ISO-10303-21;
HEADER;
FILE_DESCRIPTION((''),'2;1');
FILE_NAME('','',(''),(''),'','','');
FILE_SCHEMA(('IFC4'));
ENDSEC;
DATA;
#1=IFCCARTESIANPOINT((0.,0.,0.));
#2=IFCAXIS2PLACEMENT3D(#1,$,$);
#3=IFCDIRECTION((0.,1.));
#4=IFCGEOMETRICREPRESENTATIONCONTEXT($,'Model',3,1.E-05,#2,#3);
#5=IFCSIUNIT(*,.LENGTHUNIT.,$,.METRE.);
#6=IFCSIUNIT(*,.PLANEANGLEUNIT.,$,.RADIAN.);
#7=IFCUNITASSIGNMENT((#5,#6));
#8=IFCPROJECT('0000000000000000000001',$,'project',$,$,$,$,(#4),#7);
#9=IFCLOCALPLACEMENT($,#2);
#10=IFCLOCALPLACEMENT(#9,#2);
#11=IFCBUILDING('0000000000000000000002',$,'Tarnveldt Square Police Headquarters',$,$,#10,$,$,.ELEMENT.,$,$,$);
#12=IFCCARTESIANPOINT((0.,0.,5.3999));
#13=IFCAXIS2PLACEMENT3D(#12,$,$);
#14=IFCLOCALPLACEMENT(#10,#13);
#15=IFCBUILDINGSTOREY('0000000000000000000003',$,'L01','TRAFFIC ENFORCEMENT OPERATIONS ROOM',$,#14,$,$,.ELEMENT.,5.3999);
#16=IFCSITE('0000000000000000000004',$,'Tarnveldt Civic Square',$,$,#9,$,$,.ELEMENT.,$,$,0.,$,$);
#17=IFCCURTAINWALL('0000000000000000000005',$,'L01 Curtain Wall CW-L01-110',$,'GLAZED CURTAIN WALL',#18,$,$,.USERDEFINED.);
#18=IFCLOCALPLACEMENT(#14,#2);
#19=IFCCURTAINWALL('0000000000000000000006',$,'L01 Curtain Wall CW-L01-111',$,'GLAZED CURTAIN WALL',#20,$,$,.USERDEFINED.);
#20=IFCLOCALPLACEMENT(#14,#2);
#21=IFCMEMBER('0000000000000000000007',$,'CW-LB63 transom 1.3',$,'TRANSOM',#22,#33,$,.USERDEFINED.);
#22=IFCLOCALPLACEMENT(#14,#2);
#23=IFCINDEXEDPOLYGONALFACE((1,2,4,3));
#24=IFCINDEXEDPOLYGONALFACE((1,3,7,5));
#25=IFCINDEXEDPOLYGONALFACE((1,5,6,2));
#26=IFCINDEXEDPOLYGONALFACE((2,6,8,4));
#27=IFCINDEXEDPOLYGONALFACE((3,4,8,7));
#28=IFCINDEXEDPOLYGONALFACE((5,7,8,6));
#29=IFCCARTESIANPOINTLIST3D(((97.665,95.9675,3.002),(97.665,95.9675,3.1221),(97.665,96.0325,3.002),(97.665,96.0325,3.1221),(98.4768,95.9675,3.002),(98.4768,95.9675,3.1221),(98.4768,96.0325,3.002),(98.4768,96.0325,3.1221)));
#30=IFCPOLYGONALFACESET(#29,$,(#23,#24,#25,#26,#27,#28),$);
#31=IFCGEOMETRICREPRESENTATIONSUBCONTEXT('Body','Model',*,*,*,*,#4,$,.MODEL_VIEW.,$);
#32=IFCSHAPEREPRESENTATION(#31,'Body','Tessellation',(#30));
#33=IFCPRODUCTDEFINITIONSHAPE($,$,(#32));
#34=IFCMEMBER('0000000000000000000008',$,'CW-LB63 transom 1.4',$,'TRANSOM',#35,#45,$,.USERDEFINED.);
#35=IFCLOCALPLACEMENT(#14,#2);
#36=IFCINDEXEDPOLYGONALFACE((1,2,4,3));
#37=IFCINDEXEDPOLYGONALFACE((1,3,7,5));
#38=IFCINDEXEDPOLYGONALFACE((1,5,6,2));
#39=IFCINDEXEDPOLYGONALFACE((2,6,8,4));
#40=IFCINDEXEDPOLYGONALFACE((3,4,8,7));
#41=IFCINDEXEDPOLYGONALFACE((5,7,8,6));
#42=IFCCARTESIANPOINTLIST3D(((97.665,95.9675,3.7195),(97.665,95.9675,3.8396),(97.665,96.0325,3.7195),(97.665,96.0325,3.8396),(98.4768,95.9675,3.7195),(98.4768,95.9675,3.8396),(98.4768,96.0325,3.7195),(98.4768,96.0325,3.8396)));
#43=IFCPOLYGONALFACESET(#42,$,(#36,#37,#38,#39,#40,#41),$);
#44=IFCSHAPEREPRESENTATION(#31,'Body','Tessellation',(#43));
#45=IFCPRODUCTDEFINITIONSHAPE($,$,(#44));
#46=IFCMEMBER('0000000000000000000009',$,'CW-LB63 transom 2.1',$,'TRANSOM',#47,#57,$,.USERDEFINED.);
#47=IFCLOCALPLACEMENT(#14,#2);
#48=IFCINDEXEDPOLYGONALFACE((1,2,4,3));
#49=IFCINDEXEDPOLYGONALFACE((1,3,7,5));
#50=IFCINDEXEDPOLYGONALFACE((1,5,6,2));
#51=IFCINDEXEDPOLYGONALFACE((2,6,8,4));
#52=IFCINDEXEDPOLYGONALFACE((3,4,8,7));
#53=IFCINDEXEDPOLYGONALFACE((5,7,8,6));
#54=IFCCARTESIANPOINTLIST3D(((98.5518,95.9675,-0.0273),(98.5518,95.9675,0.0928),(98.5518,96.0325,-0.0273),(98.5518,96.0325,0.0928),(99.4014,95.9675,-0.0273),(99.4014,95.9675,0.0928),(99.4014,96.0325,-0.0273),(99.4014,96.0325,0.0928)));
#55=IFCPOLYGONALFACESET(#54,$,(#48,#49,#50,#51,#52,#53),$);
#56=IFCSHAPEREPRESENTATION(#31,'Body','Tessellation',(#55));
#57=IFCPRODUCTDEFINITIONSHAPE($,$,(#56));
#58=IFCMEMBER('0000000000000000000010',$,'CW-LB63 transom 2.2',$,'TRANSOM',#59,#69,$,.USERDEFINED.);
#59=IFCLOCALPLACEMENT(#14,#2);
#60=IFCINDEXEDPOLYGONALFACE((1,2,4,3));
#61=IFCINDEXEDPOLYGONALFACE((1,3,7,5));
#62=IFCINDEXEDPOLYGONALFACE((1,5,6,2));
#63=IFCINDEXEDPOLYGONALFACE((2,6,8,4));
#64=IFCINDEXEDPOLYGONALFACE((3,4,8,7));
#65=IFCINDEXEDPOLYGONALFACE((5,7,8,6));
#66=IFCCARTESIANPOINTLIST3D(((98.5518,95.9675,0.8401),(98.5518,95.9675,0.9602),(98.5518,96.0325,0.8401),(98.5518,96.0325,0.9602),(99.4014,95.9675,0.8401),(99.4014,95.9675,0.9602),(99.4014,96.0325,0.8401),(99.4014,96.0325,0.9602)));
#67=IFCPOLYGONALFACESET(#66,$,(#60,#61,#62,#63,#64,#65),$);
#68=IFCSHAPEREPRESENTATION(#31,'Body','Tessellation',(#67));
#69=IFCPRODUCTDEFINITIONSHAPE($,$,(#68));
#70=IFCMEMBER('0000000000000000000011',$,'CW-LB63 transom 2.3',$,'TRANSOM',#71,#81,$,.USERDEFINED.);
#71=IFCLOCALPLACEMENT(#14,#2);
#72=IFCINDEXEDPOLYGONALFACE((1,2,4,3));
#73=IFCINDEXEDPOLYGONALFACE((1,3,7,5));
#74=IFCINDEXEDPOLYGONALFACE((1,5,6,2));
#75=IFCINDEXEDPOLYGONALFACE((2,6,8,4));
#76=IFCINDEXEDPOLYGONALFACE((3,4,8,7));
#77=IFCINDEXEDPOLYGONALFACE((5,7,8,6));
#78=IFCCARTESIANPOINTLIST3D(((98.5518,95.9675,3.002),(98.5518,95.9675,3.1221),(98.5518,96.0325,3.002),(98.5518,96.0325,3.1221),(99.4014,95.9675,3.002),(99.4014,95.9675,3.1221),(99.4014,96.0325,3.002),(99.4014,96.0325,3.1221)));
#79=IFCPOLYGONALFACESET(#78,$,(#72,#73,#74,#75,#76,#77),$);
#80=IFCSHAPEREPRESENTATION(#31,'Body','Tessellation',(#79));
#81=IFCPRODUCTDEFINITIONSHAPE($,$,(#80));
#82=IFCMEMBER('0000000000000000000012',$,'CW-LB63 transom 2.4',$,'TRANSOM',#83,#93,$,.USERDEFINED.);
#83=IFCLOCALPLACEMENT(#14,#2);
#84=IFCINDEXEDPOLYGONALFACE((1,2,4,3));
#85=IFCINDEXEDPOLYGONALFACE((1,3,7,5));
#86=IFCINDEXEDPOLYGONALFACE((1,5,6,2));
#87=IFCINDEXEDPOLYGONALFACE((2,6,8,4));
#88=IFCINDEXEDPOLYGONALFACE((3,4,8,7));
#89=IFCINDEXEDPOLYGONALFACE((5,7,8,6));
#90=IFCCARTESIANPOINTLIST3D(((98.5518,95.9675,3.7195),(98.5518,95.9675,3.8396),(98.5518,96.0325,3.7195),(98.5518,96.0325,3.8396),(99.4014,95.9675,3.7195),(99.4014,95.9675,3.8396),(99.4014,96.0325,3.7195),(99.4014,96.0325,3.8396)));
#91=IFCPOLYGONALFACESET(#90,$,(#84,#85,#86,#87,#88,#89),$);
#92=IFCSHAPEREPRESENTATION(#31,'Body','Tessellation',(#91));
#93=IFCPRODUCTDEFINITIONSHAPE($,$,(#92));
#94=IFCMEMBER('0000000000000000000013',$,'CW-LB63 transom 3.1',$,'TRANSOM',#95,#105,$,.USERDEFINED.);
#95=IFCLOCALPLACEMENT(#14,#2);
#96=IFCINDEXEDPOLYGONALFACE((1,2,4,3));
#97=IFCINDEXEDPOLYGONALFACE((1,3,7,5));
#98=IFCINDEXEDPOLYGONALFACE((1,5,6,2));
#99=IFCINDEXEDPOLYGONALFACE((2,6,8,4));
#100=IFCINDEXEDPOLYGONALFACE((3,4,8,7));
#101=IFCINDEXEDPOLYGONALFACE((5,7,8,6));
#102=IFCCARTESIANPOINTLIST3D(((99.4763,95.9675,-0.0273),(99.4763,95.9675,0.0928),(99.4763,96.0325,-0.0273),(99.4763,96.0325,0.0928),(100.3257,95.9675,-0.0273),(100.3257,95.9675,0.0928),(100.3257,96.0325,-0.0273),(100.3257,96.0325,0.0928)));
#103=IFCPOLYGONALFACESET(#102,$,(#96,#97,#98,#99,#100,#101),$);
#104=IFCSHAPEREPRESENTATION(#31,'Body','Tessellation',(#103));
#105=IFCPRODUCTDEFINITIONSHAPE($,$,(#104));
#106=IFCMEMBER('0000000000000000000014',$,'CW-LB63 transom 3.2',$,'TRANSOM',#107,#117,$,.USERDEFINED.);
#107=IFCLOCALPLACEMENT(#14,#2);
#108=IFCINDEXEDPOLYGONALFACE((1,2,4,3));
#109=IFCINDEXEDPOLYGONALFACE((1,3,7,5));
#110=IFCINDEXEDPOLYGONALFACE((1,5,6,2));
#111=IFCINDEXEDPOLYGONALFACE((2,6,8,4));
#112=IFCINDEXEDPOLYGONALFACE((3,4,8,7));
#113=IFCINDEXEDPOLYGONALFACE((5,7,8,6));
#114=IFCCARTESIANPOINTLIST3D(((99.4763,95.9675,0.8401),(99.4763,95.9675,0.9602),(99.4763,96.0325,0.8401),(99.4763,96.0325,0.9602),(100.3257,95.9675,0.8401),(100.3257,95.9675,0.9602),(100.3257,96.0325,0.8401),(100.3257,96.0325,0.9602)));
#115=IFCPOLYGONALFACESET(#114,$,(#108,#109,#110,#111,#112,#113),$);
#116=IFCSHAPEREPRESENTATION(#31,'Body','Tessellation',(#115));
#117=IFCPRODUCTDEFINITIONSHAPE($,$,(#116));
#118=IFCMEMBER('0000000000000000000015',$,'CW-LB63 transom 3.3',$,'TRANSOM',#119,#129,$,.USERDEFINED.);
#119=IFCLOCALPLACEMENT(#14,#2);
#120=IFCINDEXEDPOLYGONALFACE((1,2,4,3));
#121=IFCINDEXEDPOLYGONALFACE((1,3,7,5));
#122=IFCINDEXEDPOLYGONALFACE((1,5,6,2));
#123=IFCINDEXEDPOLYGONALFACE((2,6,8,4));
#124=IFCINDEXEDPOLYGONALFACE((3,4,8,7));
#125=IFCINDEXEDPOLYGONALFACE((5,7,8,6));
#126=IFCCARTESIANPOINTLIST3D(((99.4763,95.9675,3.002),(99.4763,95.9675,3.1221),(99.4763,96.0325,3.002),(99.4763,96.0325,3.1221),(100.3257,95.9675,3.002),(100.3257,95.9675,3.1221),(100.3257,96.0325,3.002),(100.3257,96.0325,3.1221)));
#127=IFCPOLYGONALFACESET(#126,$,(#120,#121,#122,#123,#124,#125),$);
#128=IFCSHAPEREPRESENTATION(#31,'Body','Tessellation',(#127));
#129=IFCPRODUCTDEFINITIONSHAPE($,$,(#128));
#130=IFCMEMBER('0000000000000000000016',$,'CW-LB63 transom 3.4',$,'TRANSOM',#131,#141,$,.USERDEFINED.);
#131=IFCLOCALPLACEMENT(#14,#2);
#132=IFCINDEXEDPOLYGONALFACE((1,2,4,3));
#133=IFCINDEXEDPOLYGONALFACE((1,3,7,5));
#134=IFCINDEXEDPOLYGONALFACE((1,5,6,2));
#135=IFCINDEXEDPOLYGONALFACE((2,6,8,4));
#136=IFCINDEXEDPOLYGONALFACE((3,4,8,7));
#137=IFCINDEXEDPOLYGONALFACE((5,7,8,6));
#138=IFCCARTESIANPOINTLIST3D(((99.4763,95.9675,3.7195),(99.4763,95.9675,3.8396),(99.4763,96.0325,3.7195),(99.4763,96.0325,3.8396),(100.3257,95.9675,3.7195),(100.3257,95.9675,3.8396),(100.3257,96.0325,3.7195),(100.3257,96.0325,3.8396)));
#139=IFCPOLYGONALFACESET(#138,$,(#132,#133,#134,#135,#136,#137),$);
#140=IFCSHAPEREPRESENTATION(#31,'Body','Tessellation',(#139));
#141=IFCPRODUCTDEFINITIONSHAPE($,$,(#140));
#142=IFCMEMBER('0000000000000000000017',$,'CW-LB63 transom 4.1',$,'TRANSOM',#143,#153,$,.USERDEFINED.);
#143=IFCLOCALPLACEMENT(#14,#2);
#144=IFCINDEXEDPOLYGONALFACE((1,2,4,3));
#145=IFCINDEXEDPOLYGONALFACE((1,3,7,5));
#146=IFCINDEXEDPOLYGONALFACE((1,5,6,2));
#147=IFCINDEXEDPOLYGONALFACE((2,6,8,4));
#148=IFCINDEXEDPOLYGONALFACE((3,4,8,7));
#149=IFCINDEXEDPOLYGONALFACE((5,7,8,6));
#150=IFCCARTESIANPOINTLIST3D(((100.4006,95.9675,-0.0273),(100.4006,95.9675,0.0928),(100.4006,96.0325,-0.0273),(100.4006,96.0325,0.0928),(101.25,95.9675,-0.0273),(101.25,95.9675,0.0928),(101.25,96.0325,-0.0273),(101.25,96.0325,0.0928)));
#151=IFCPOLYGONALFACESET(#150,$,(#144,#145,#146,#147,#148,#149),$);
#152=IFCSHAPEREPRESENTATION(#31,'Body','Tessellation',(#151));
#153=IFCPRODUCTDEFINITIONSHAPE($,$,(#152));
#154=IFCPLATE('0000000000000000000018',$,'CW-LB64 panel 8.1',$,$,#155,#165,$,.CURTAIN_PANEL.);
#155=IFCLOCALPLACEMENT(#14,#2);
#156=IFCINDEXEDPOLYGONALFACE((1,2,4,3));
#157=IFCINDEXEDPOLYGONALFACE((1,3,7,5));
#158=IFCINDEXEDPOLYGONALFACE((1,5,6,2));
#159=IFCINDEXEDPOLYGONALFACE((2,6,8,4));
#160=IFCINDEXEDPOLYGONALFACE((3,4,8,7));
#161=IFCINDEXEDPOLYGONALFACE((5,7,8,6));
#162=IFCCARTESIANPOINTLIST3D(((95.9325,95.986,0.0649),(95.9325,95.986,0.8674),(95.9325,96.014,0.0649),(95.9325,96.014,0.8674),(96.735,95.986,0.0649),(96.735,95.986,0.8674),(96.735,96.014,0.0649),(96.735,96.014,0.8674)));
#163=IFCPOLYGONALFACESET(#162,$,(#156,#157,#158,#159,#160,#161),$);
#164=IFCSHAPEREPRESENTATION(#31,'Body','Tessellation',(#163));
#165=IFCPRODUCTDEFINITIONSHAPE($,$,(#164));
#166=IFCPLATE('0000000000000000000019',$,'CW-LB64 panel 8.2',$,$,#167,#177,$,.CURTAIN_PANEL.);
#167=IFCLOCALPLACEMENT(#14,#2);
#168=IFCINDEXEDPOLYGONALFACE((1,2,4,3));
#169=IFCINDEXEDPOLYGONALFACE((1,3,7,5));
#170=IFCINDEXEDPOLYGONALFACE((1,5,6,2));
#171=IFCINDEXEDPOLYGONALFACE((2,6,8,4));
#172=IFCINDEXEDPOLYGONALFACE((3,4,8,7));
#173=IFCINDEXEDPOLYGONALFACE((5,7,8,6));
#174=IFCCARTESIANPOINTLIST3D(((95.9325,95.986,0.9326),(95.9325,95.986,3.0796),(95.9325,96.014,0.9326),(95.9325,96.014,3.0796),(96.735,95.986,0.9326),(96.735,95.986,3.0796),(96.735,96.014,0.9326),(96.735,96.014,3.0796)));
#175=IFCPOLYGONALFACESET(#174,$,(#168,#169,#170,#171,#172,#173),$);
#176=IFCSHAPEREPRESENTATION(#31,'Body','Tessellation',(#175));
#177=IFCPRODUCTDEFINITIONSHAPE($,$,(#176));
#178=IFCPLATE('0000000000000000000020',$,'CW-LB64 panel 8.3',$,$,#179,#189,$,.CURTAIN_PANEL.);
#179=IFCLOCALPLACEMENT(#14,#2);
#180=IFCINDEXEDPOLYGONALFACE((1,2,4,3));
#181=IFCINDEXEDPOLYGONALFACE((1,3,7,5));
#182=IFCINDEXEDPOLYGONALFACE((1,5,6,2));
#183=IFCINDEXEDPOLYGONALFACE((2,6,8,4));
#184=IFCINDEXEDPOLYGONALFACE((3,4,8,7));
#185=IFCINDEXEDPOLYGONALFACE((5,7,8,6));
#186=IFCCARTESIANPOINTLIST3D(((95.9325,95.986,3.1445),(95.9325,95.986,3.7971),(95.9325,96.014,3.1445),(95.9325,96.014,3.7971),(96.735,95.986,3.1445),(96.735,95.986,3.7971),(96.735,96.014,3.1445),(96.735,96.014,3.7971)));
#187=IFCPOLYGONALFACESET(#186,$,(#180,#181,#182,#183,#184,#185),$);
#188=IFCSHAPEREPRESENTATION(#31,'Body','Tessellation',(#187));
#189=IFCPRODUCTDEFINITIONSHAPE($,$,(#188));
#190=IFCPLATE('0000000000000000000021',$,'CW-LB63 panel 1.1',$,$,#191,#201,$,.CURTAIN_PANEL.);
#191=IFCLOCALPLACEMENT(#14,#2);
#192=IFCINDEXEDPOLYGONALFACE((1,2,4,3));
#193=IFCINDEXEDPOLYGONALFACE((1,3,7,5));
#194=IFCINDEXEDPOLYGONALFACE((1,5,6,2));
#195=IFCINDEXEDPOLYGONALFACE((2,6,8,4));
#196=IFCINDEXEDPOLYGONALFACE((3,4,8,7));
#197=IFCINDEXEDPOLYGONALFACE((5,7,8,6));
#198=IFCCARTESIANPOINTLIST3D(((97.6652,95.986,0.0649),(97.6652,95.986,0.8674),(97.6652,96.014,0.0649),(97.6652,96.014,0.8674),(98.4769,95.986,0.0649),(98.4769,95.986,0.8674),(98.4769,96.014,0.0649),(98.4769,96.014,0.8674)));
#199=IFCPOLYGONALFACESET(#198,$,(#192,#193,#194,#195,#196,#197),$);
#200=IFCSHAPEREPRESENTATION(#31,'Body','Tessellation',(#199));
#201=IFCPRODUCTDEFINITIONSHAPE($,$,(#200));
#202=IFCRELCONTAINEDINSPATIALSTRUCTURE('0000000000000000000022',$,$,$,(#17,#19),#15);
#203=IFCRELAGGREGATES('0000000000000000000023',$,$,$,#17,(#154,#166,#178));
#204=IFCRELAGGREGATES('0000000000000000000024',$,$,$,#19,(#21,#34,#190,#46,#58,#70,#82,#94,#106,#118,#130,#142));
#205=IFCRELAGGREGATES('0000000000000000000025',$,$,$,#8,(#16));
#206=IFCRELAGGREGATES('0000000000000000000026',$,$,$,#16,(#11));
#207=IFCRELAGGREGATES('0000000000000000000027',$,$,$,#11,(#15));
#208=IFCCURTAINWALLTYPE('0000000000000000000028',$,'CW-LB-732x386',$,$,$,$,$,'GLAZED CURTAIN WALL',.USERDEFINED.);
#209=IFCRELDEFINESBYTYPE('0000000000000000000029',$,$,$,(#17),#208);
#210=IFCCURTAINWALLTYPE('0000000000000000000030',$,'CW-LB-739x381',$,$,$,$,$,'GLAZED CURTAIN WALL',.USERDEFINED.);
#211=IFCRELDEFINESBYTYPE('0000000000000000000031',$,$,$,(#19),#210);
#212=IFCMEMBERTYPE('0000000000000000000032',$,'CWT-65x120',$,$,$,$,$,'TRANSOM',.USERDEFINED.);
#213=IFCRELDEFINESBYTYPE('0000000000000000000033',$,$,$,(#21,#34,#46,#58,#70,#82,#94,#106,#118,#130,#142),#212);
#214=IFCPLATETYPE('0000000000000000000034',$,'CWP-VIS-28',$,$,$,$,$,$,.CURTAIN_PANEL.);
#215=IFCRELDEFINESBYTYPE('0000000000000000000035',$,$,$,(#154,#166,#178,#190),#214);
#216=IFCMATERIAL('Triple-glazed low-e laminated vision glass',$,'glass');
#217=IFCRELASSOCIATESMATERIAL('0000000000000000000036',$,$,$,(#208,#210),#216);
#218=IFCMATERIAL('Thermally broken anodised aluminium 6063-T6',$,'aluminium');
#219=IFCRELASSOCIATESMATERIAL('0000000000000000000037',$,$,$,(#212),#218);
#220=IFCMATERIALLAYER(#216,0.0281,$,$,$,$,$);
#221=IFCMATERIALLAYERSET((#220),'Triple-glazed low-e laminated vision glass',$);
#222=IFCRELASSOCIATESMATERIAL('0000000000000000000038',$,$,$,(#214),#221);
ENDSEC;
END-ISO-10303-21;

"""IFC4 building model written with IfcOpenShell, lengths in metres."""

from ifc_helpers import new_model, si_unit, direction, frame, origin, origin_2d, place, context, subcontext, project, spatial, rectangle, extrude, material, layer, layer_set, material_profile, profile_set, type_object, element, aggregate, save


model = new_model("IFC4")

# Units and contexts
model_context = context("Model", 3, precision=1e-05, world=origin(), true_north=direction((0.0, 1.0)))
body_context = subcontext(model_context, "Body", "Model", "MODEL_VIEW")
ifc_project = project(units=[si_unit("LENGTHUNIT", "METRE"), si_unit("PLANEANGLEUNIT", "RADIAN")], contexts=[model_context])

# Site, building, storey
site_placement = place(None, origin())
site = spatial("IfcSite", under=ifc_project, at=site_placement, Name="Tarnveldt Civic Square", CompositionType="ELEMENT", RefElevation=0.0)
building_placement = place(site_placement, origin())
building = spatial("IfcBuilding", under=site, at=building_placement, Name="Tarnveldt Square Police Headquarters", CompositionType="ELEMENT")
storey_placement = place(building_placement, frame((0.0, 0.0, 5.3999)))
storey = spatial("IfcBuildingStorey", under=building, at=storey_placement, Name="L01", Description="TRAFFIC ENFORCEMENT OPERATIONS ROOM", CompositionType="ELEMENT", Elevation=5.3999)

# Curtain wall
ifc_material_1 = material(Name="Triple-glazed low-e laminated vision glass", Category="glass")
curtain_wall_type_1 = type_object("IfcCurtainWallType", Name="CW-LB-732x386", ElementType="GLAZED CURTAIN WALL", PredefinedType="USERDEFINED", material=ifc_material_1)
curtain_wall_1_placement = place(storey_placement, origin())
curtain_wall_1 = element("IfcCurtainWall", 1, at=curtain_wall_1_placement, inside=storey, type_object=curtain_wall_type_1, Name="L01 Curtain Wall CW-L01-110", ObjectType="GLAZED CURTAIN WALL", PredefinedType="USERDEFINED")
ifc_material_2 = material(Name="Thermally broken anodised aluminium 6063-T6", Category="aluminium")

# Curtain wall
curtain_wall_type_2 = type_object("IfcCurtainWallType", Name="CW-LB-739x381", ElementType="GLAZED CURTAIN WALL", PredefinedType="USERDEFINED", material=ifc_material_1)
curtain_wall_2_placement = place(storey_placement, origin())
curtain_wall_2 = element("IfcCurtainWall", 2, at=curtain_wall_2_placement, inside=storey, type_object=curtain_wall_type_2, Name="L01 Curtain Wall CW-L01-111", ObjectType="GLAZED CURTAIN WALL", PredefinedType="USERDEFINED")

# Members
ifc_material_profile_1 = material_profile(ifc_material_2, rectangle(XDim=0.0649, YDim=0.1201, at=origin_2d()), Name="CW-T65x120")
ifc_profile_set_1 = profile_set([ifc_material_profile_1], Name="Thermally broken anodised aluminium 6063-T6")
member_type_1 = type_object("IfcMemberType", Name="CWT-65x120", ElementType="TRANSOM", PredefinedType="USERDEFINED", material=ifc_profile_set_1)
member_1_placement = place(storey_placement, frame((97.665, 96.0, 3.062), z_axis=(1.0, 0.0, 0.0), x_axis=(0.0, 1.0, 0.0)))
member_1 = element("IfcMember", 3, at=member_1_placement, type_object=member_type_1, Name="CW-LB63 transom 1.3", ObjectType="TRANSOM", PredefinedType="USERDEFINED", context=body_context, shape_type="SweptSolid", body=[
    extrude(rectangle(XDim=0.0649, YDim=0.1201, at=origin_2d()), origin(), (0.0, 0.0, 1.0), 0.8118),
])
member_2_placement = place(storey_placement, frame((97.665, 96.0, 3.7795), z_axis=(1.0, 0.0, 0.0), x_axis=(0.0, 1.0, 0.0)))
member_2 = element("IfcMember", 4, at=member_2_placement, type_object=member_type_1, Name="CW-LB63 transom 1.4", ObjectType="TRANSOM", PredefinedType="USERDEFINED", context=body_context, shape_type="SweptSolid", body=[
    extrude(rectangle(XDim=0.0649, YDim=0.1201, at=origin_2d()), origin(), (0.0, 0.0, 1.0), 0.8118),
])
member_3_placement = place(storey_placement, frame((98.5518, 96.0, 0.0327), z_axis=(1.0, 0.0, 0.0), x_axis=(0.0, 1.0, 0.0)))
member_3 = element("IfcMember", 5, at=member_3_placement, type_object=member_type_1, Name="CW-LB63 transom 2.1", ObjectType="TRANSOM", PredefinedType="USERDEFINED", context=body_context, shape_type="SweptSolid", body=[
    extrude(rectangle(XDim=0.0649, YDim=0.1201, at=origin_2d()), origin(), (0.0, 0.0, 1.0), 0.8496),
])
member_4_placement = place(storey_placement, frame((98.5518, 96.0, 0.9001), z_axis=(1.0, 0.0, 0.0), x_axis=(0.0, 1.0, 0.0)))
member_4 = element("IfcMember", 6, at=member_4_placement, type_object=member_type_1, Name="CW-LB63 transom 2.2", ObjectType="TRANSOM", PredefinedType="USERDEFINED", context=body_context, shape_type="SweptSolid", body=[
    extrude(rectangle(XDim=0.0649, YDim=0.1201, at=origin_2d()), origin(), (0.0, 0.0, 1.0), 0.8496),
])
member_5_placement = place(storey_placement, frame((98.5518, 96.0, 3.062), z_axis=(1.0, 0.0, 0.0), x_axis=(0.0, 1.0, 0.0)))
member_5 = element("IfcMember", 7, at=member_5_placement, type_object=member_type_1, Name="CW-LB63 transom 2.3", ObjectType="TRANSOM", PredefinedType="USERDEFINED", context=body_context, shape_type="SweptSolid", body=[
    extrude(rectangle(XDim=0.0649, YDim=0.1201, at=origin_2d()), origin(), (0.0, 0.0, 1.0), 0.8496),
])
member_6_placement = place(storey_placement, frame((98.5518, 96.0, 3.7795), z_axis=(1.0, 0.0, 0.0), x_axis=(0.0, 1.0, 0.0)))
member_6 = element("IfcMember", 8, at=member_6_placement, type_object=member_type_1, Name="CW-LB63 transom 2.4", ObjectType="TRANSOM", PredefinedType="USERDEFINED", context=body_context, shape_type="SweptSolid", body=[
    extrude(rectangle(XDim=0.0649, YDim=0.1201, at=origin_2d()), origin(), (0.0, 0.0, 1.0), 0.8496),
])
member_7_placement = place(storey_placement, frame((99.4763, 96.0, 0.0327), z_axis=(1.0, 0.0, 0.0), x_axis=(0.0, 1.0, 0.0)))
member_7 = element("IfcMember", 9, at=member_7_placement, type_object=member_type_1, Name="CW-LB63 transom 3.1", ObjectType="TRANSOM", PredefinedType="USERDEFINED", context=body_context, shape_type="SweptSolid", body=[
    extrude(rectangle(XDim=0.0649, YDim=0.1201, at=origin_2d()), origin(), (0.0, 0.0, 1.0), 0.8494),
])
member_8_placement = place(storey_placement, frame((99.4763, 96.0, 0.9001), z_axis=(1.0, 0.0, 0.0), x_axis=(0.0, 1.0, 0.0)))
member_8 = element("IfcMember", 10, at=member_8_placement, type_object=member_type_1, Name="CW-LB63 transom 3.2", ObjectType="TRANSOM", PredefinedType="USERDEFINED", context=body_context, shape_type="SweptSolid", body=[
    extrude(rectangle(XDim=0.0649, YDim=0.1201, at=origin_2d()), origin(), (0.0, 0.0, 1.0), 0.8494),
])
member_9_placement = place(storey_placement, frame((99.4763, 96.0, 3.062), z_axis=(1.0, 0.0, 0.0), x_axis=(0.0, 1.0, 0.0)))
member_9 = element("IfcMember", 11, at=member_9_placement, type_object=member_type_1, Name="CW-LB63 transom 3.3", ObjectType="TRANSOM", PredefinedType="USERDEFINED", context=body_context, shape_type="SweptSolid", body=[
    extrude(rectangle(XDim=0.0649, YDim=0.1201, at=origin_2d()), origin(), (0.0, 0.0, 1.0), 0.8494),
])
member_10_placement = place(storey_placement, frame((99.4763, 96.0, 3.7795), z_axis=(1.0, 0.0, 0.0), x_axis=(0.0, 1.0, 0.0)))
member_10 = element("IfcMember", 12, at=member_10_placement, type_object=member_type_1, Name="CW-LB63 transom 3.4", ObjectType="TRANSOM", PredefinedType="USERDEFINED", context=body_context, shape_type="SweptSolid", body=[
    extrude(rectangle(XDim=0.0649, YDim=0.1201, at=origin_2d()), origin(), (0.0, 0.0, 1.0), 0.8494),
])
member_11_placement = place(storey_placement, frame((100.4006, 96.0, 0.0327), z_axis=(1.0, 0.0, 0.0), x_axis=(0.0, 1.0, 0.0)))
member_11 = element("IfcMember", 13, at=member_11_placement, type_object=member_type_1, Name="CW-LB63 transom 4.1", ObjectType="TRANSOM", PredefinedType="USERDEFINED", context=body_context, shape_type="SweptSolid", body=[
    extrude(rectangle(XDim=0.0649, YDim=0.1201, at=origin_2d()), origin(), (0.0, 0.0, 1.0), 0.8494),
])

# Plates
ifc_layer = layer(ifc_material_1, 0.0281)
ifc_layer_set = layer_set([ifc_layer], Name="Triple-glazed low-e laminated vision glass")
plate_type = type_object("IfcPlateType", Name="CWP-VIS-28", PredefinedType="CURTAIN_PANEL", material=ifc_layer_set)
plate_1_placement = place(storey_placement, frame((96.3337, 96.0, 0.0649), z_axis=(0.0, 0.0, 1.0), x_axis=(1.0, 0.0, 0.0)))
plate_1 = element("IfcPlate", 14, at=plate_1_placement, type_object=plate_type, Name="CW-LB64 panel 8.1", PredefinedType="CURTAIN_PANEL", context=body_context, shape_type="SweptSolid", body=[
    extrude(rectangle(XDim=0.8025, YDim=0.0281, at=origin_2d()), origin(), (0.0, 0.0, 1.0), 0.8025),
])
plate_2_placement = place(storey_placement, frame((96.3337, 96.0, 0.9326), z_axis=(0.0, 0.0, 1.0), x_axis=(1.0, 0.0, 0.0)))
plate_2 = element("IfcPlate", 15, at=plate_2_placement, type_object=plate_type, Name="CW-LB64 panel 8.2", PredefinedType="CURTAIN_PANEL", context=body_context, shape_type="SweptSolid", body=[
    extrude(rectangle(XDim=0.8025, YDim=0.0281, at=origin_2d()), origin(), (0.0, 0.0, 1.0), 2.147),
])
plate_3_placement = place(storey_placement, frame((96.3337, 96.0, 3.1445), z_axis=(0.0, 0.0, 1.0), x_axis=(1.0, 0.0, 0.0)))
plate_3 = element("IfcPlate", 16, at=plate_3_placement, type_object=plate_type, Name="CW-LB64 panel 8.3", PredefinedType="CURTAIN_PANEL", context=body_context, shape_type="SweptSolid", body=[
    extrude(rectangle(XDim=0.8025, YDim=0.0281, at=origin_2d()), origin(), (0.0, 0.0, 1.0), 0.6526),
])
aggregate(curtain_wall_1, [plate_1, plate_2, plate_3])
plate_4_placement = place(storey_placement, frame((98.071, 96.0, 0.0649), z_axis=(0.0, 0.0, 1.0), x_axis=(1.0, 0.0, 0.0)))
plate_4 = element("IfcPlate", 17, at=plate_4_placement, type_object=plate_type, Name="CW-LB63 panel 1.1", PredefinedType="CURTAIN_PANEL", context=body_context, shape_type="SweptSolid", body=[
    extrude(rectangle(XDim=0.8118, YDim=0.0281, at=origin_2d()), origin(), (0.0, 0.0, 1.0), 0.8025),
])
aggregate(curtain_wall_2, [member_1, member_2, plate_4, member_3, member_4, member_5, member_6, member_7, member_8, member_9, member_10, member_11])

save(model, "model.ifc")
